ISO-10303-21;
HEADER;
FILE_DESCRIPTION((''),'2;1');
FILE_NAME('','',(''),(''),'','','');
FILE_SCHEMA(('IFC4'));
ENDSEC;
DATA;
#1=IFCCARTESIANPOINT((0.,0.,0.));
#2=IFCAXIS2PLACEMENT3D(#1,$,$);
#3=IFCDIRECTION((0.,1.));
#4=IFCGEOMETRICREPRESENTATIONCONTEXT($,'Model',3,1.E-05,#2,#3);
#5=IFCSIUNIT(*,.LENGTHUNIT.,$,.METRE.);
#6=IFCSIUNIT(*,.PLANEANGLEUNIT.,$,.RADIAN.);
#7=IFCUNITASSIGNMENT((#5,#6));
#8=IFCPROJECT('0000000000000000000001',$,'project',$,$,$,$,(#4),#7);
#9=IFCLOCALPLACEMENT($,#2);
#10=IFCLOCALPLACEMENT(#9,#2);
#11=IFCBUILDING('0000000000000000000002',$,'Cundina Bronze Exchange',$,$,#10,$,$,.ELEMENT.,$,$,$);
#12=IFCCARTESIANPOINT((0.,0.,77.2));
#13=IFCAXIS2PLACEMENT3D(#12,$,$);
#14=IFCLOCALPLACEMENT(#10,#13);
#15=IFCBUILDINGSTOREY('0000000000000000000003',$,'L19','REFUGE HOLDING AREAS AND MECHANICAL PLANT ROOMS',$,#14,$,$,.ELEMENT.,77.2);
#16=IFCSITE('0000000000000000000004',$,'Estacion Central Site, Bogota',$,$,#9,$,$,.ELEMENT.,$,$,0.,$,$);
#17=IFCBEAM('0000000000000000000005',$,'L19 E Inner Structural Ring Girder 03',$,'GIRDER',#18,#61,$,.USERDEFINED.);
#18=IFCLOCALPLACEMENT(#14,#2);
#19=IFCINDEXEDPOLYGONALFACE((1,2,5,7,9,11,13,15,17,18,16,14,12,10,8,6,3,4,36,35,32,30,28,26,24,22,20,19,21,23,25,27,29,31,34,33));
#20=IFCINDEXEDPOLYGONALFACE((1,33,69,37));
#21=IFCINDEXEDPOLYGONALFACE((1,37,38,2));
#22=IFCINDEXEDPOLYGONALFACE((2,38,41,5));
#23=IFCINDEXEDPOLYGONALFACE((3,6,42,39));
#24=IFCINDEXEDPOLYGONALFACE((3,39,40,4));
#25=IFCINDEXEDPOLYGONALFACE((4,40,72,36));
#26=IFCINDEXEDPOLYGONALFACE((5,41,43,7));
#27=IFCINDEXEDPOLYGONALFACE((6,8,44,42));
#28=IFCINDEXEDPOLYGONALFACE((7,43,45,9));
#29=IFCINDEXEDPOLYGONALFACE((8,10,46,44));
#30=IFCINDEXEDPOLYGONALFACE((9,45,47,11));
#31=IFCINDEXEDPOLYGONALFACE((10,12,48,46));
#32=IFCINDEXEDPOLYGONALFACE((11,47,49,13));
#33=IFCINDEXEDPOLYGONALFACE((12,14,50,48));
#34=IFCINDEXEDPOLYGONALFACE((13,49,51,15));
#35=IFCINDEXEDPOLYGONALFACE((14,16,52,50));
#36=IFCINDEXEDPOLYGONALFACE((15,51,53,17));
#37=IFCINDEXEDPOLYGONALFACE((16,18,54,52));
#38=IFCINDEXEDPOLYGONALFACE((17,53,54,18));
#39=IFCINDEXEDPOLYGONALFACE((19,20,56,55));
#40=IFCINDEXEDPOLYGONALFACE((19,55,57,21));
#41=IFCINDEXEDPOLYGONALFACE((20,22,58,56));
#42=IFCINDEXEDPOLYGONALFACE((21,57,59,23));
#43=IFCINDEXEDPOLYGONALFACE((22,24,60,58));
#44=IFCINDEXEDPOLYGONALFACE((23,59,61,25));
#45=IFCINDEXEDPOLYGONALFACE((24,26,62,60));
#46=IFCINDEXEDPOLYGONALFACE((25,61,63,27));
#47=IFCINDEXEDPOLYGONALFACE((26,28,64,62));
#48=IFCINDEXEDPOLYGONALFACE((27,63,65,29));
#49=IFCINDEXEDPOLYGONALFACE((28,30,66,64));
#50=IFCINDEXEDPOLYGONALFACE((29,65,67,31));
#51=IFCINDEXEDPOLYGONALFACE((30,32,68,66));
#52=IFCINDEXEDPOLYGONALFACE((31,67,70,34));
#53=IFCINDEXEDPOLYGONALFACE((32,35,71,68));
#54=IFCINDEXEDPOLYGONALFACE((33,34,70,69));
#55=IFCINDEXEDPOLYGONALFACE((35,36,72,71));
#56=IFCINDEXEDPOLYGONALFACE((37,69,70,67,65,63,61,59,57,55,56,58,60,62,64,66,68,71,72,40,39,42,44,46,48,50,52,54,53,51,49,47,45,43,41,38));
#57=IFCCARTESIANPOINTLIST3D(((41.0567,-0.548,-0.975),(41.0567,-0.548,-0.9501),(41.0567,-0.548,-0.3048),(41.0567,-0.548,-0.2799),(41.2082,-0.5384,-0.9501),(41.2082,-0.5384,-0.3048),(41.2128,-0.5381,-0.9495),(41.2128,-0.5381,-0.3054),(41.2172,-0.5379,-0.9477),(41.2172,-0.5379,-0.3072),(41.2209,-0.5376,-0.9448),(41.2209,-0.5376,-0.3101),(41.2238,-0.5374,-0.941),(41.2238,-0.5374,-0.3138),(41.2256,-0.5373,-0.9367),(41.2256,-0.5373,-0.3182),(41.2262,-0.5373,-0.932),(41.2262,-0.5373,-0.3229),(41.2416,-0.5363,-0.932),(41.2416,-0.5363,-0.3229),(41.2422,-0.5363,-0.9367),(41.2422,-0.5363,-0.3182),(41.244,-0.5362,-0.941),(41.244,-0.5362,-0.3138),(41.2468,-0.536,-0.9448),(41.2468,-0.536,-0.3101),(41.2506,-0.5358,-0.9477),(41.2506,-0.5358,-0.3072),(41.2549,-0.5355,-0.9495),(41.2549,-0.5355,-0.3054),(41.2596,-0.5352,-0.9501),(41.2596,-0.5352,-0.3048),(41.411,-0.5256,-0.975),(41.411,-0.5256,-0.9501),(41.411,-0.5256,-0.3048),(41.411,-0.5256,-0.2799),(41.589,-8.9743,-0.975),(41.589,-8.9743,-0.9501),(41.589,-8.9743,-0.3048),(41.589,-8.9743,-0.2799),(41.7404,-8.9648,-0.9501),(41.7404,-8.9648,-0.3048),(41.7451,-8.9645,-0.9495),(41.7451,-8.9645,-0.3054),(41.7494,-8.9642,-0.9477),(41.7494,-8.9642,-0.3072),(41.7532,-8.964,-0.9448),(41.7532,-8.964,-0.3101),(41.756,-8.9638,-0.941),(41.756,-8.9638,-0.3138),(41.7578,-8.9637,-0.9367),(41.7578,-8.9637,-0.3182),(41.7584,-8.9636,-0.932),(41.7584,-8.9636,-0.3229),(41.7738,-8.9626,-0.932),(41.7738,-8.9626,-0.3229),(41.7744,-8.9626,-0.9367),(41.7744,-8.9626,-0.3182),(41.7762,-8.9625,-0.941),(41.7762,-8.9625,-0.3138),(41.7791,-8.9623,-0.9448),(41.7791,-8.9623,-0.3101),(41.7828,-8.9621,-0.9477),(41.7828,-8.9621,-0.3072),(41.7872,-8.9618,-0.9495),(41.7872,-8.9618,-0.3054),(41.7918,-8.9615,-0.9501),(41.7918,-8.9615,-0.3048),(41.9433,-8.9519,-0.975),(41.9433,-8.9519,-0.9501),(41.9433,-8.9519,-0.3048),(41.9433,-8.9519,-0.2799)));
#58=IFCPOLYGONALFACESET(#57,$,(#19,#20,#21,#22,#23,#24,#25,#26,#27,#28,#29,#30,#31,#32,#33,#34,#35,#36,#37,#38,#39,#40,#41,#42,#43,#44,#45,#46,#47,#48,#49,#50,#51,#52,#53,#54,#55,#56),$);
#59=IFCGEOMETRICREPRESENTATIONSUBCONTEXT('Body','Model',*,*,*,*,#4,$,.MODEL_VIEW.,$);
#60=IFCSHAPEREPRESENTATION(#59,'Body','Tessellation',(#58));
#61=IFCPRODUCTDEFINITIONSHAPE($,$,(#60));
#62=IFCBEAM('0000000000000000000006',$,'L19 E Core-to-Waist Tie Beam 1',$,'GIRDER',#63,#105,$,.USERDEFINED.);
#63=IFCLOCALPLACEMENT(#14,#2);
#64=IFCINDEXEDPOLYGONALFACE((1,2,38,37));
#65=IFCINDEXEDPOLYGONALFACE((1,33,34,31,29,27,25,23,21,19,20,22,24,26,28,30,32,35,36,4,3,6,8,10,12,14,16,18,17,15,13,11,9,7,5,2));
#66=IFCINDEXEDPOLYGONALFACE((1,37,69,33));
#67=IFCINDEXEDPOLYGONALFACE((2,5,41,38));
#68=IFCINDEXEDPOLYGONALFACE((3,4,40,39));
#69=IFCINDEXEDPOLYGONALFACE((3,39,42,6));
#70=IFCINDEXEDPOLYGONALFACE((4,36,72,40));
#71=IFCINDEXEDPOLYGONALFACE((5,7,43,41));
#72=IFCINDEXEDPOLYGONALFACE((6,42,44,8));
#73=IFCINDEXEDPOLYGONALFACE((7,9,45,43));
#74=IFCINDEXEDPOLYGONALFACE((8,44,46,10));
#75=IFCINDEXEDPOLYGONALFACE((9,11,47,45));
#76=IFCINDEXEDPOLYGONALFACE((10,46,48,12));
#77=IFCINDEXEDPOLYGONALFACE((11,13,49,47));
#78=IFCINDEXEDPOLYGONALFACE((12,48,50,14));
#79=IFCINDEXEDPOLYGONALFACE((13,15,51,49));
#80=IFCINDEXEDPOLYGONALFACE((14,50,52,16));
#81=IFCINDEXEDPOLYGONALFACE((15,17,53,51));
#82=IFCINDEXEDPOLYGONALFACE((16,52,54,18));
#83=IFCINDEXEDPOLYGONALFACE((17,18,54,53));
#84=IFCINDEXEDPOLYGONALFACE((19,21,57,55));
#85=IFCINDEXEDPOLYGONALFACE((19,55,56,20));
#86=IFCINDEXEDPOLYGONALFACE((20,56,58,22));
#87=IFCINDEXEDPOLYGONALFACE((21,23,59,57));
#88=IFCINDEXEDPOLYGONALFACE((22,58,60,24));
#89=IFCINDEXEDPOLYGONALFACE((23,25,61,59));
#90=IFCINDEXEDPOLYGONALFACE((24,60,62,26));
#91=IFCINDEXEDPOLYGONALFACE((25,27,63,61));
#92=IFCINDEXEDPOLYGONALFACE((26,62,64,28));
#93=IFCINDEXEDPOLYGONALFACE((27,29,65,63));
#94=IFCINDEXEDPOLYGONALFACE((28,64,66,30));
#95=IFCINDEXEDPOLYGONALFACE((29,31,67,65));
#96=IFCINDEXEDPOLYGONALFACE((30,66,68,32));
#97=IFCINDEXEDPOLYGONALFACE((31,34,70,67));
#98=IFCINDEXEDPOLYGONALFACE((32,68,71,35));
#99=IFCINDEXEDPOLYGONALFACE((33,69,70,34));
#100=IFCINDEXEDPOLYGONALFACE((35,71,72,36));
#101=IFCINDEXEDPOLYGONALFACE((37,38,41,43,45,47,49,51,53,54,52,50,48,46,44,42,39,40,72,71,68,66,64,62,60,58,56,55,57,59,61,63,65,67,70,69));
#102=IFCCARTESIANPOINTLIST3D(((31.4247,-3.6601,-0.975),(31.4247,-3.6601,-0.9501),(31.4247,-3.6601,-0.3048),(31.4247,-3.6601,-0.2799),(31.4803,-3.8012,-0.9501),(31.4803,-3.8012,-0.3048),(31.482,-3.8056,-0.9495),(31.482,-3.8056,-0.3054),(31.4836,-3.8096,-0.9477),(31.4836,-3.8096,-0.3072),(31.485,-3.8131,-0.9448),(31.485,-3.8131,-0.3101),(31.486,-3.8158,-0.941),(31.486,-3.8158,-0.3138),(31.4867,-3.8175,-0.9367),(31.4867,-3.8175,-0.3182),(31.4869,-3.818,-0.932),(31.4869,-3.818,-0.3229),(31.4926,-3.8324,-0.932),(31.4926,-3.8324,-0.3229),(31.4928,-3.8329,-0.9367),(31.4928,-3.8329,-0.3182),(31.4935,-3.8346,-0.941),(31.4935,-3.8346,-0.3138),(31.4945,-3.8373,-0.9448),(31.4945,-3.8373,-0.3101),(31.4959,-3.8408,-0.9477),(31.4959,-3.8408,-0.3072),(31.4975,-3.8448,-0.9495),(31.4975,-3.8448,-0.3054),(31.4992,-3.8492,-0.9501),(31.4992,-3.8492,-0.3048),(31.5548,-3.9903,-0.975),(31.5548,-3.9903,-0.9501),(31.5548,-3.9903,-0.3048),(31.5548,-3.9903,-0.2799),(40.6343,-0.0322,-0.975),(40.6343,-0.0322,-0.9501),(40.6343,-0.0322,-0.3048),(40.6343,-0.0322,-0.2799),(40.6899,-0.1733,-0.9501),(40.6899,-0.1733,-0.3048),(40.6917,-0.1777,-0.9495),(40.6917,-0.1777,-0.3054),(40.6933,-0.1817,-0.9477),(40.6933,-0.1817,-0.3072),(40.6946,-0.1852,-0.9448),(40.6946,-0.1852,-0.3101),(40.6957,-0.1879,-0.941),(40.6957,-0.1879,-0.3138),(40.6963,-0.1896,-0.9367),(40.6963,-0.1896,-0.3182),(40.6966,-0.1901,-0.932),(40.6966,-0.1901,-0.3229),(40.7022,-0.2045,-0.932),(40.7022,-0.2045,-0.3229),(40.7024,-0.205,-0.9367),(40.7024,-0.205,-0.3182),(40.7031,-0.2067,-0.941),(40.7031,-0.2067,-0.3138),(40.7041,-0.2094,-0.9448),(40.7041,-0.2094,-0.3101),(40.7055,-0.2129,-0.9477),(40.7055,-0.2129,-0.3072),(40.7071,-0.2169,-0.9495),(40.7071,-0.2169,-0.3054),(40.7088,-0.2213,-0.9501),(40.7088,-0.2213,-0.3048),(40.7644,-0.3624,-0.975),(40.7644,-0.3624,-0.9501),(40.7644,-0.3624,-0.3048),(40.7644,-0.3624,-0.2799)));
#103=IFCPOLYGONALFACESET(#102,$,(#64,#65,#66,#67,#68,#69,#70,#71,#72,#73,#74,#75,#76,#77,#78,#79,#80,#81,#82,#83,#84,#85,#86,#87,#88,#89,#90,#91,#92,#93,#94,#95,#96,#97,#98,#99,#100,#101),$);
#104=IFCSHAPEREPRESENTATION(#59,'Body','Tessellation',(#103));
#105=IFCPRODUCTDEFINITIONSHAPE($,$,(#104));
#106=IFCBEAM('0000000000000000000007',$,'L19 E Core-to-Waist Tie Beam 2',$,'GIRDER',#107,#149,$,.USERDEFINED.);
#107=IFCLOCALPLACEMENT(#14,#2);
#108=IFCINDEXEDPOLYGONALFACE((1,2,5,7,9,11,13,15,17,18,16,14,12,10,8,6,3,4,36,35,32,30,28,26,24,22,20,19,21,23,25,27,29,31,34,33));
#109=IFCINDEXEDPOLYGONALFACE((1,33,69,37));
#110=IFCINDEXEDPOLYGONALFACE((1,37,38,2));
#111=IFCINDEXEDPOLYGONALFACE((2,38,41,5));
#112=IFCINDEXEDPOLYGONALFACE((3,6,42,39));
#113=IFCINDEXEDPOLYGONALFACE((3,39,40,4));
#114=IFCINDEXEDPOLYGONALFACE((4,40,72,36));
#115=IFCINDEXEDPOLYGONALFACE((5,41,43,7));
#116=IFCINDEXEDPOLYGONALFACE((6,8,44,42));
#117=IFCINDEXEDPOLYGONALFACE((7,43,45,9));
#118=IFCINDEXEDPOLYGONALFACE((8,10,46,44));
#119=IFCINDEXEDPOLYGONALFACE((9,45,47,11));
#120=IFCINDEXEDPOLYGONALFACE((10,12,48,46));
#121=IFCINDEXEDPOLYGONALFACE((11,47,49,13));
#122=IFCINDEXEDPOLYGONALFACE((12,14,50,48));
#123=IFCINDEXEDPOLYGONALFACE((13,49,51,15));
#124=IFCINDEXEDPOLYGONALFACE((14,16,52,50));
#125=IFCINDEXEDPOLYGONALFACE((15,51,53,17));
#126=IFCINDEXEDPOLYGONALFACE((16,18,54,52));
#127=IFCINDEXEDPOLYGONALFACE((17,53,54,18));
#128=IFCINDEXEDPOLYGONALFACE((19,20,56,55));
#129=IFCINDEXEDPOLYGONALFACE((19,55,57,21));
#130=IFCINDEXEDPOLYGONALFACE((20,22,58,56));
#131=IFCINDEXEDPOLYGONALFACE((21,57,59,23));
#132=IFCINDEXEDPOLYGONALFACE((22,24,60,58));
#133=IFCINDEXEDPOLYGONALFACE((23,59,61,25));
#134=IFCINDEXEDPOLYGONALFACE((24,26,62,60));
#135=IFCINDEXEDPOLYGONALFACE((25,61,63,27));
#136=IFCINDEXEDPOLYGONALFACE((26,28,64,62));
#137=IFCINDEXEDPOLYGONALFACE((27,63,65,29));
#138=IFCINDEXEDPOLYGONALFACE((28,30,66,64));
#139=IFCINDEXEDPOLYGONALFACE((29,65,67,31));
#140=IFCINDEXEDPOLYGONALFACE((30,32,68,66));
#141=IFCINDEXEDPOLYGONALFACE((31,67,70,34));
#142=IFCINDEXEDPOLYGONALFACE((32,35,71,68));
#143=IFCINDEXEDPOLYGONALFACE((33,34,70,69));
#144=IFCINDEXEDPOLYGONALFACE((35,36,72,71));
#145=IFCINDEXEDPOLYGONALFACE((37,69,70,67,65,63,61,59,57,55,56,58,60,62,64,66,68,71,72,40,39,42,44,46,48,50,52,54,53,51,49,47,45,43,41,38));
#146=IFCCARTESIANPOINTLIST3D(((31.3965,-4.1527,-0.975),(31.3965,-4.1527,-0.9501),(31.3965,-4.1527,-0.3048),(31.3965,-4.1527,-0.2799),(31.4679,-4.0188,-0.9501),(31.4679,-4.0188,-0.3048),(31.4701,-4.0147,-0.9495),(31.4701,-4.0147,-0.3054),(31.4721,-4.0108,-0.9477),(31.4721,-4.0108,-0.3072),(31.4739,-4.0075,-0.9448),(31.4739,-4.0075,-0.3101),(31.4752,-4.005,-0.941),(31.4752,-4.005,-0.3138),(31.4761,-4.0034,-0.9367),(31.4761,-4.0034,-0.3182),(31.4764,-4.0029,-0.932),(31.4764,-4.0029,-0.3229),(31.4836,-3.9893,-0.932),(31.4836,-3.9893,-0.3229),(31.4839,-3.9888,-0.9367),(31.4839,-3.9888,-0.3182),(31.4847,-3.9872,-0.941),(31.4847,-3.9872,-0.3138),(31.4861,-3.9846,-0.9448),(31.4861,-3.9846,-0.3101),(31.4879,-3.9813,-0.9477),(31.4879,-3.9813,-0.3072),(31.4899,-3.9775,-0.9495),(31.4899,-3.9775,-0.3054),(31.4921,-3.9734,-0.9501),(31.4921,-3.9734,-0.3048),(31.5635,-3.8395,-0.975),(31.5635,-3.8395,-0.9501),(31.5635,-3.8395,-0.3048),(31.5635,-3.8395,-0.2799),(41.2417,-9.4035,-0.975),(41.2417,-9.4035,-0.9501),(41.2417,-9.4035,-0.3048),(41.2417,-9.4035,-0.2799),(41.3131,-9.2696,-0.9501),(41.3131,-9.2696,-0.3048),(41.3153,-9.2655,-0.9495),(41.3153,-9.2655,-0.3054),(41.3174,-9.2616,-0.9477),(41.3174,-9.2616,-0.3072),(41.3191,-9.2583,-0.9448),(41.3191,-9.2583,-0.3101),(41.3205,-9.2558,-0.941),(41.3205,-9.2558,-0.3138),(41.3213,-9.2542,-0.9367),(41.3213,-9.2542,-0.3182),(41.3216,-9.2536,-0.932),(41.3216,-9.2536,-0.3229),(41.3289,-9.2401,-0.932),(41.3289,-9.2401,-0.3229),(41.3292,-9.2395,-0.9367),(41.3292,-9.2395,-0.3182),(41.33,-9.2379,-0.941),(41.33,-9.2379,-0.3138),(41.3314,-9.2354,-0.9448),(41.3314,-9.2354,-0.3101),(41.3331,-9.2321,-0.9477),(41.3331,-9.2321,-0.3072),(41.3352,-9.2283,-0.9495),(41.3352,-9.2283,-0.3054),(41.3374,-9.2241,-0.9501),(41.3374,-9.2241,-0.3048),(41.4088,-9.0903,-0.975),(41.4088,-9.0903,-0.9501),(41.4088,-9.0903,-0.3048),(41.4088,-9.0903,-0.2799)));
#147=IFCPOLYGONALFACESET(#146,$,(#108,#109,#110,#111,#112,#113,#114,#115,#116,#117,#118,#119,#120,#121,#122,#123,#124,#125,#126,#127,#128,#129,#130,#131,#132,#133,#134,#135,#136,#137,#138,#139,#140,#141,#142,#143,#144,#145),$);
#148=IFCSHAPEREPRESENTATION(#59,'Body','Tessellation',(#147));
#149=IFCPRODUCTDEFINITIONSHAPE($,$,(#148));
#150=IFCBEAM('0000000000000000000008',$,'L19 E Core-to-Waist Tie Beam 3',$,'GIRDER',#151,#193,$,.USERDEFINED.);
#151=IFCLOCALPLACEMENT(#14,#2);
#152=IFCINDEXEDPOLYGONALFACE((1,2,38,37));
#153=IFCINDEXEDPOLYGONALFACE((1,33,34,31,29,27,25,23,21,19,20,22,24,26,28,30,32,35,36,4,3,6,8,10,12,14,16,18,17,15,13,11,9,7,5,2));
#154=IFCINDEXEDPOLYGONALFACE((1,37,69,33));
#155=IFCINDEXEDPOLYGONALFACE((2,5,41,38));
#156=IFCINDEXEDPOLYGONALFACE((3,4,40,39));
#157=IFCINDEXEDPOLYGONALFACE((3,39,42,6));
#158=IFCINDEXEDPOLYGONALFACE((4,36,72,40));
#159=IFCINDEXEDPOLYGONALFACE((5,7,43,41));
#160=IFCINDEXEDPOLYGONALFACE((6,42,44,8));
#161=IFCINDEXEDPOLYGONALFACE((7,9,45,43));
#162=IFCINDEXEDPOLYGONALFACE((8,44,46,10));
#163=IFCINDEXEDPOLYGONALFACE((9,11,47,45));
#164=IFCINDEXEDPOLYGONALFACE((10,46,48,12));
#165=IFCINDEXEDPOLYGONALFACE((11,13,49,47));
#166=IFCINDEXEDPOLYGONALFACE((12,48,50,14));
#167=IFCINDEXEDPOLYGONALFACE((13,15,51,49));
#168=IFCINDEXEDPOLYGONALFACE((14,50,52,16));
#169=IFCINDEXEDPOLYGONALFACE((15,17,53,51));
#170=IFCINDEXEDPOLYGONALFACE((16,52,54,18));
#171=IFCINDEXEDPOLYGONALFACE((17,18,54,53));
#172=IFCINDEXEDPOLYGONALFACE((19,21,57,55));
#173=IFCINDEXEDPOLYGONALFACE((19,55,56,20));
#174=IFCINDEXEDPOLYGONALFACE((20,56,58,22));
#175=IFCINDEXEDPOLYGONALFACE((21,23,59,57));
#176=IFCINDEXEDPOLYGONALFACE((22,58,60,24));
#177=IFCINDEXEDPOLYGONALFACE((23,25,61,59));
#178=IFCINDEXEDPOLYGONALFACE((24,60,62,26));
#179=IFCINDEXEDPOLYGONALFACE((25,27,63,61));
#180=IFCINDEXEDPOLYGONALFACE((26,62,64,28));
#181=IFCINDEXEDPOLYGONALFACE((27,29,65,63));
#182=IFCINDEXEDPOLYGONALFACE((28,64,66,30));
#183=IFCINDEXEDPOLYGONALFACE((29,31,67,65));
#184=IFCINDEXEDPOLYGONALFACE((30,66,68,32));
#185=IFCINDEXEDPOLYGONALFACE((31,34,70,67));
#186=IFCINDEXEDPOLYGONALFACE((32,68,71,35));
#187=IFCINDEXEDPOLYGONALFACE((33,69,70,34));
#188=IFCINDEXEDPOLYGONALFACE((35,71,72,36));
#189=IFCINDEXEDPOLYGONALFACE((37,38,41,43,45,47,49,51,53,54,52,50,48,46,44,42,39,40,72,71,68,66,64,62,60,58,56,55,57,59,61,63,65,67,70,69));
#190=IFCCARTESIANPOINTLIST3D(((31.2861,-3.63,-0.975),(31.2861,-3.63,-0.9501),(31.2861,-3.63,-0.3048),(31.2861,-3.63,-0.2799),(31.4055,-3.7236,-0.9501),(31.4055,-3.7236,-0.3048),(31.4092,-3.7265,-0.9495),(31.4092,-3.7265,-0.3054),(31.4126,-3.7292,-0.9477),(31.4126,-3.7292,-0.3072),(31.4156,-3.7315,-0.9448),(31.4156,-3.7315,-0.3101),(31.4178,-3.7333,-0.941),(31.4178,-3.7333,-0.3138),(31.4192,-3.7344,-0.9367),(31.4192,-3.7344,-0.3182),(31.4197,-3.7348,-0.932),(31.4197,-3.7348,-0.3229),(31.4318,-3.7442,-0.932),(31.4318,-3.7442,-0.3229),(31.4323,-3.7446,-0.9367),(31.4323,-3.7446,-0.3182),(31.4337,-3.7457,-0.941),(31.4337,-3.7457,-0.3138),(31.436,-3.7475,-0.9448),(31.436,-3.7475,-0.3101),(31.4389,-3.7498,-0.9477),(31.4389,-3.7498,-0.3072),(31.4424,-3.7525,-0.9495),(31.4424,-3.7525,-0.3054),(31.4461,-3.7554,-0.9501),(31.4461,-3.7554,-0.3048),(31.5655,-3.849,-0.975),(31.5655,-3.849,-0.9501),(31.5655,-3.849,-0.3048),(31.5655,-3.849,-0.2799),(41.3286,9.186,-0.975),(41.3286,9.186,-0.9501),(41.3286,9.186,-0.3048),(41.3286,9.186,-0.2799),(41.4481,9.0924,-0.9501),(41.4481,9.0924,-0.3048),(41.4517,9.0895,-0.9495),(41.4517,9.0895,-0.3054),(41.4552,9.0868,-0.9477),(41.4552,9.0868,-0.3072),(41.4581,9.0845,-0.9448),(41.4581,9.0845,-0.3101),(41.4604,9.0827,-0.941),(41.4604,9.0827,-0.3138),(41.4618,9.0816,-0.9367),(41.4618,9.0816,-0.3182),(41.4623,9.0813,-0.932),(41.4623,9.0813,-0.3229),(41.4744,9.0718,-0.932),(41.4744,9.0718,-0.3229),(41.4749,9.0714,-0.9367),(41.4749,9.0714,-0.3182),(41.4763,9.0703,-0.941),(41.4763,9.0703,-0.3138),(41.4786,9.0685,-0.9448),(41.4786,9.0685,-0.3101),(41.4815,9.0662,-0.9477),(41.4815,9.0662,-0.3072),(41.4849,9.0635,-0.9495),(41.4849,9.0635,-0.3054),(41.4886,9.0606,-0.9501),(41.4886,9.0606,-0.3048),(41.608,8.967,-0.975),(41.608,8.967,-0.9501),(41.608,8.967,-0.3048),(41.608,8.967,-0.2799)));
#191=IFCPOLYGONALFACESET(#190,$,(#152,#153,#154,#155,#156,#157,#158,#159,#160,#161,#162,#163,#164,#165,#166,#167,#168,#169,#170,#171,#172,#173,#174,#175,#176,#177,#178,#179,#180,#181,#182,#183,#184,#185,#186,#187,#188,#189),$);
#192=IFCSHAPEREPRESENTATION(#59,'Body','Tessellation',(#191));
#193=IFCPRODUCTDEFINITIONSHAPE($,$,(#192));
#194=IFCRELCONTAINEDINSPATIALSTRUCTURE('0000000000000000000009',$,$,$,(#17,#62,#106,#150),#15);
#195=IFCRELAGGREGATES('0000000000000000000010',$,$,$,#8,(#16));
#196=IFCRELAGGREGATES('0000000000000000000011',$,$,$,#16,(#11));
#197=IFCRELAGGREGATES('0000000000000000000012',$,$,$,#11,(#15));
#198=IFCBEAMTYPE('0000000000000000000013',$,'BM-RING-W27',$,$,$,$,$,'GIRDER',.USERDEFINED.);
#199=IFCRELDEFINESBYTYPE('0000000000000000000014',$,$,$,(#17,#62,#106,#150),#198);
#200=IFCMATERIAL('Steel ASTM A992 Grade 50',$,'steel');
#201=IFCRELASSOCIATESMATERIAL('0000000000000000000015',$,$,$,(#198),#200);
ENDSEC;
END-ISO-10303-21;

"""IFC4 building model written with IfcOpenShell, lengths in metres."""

from ifc_helpers import new_model, si_unit, direction, frame, origin, origin_2d, place, context, subcontext, project, spatial, i_section, extrude, material, material_profile, profile_set, type_object, element, save


model = new_model("IFC4")

# Units and contexts
model_context = context("Model", 3, precision=1e-05, world=origin(), true_north=direction((0.0, 1.0)))
body_context = subcontext(model_context, "Body", "Model", "MODEL_VIEW")
ifc_project = project(units=[si_unit("LENGTHUNIT", "METRE"), si_unit("PLANEANGLEUNIT", "RADIAN")], contexts=[model_context])

# Site, building, storey
site_placement = place(None, origin())
site = spatial("IfcSite", under=ifc_project, at=site_placement, Name="Estacion Central Site, Bogota", CompositionType="ELEMENT", RefElevation=0.0)
building_placement = place(site_placement, origin())
building = spatial("IfcBuilding", under=site, at=building_placement, Name="Cundina Bronze Exchange", CompositionType="ELEMENT")
storey_placement = place(building_placement, frame((0.0, 0.0, 77.2)))
storey = spatial("IfcBuildingStorey", under=building, at=storey_placement, Name="L19", Description="REFUGE HOLDING AREAS AND MECHANICAL PLANT ROOMS", CompositionType="ELEMENT", Elevation=77.2)

# Beams
ifc_material_1 = material(Name="Steel ASTM A992 Grade 50", Category="steel")
ifc_material_profile_1 = material_profile(ifc_material_1, i_section(OverallWidth=0.355, OverallDepth=0.6951, WebThickness=0.0154, FlangeThickness=0.0249, FilletRadius=0.0181, at=origin_2d()), Name="W27X146", Category="steel")
ifc_profile_set_1 = profile_set([ifc_material_profile_1], Name="Steel ASTM A992 Grade 50")
beam_type_1 = type_object("IfcBeamType", Name="BM-RING-W27", ElementType="GIRDER", PredefinedType="USERDEFINED", material=ifc_profile_set_1)
beam_1_placement = place(storey_placement, frame((41.7661, -8.9631, -0.6274), z_axis=(-0.063037, 0.998011, 0.0), x_axis=(-0.998011, -0.063037, 0.0)))
element("IfcBeam", 1, at=beam_1_placement, inside=storey, type_object=beam_type_1, Name="L19 E Inner Structural Ring Girder 03", ObjectType="GIRDER", PredefinedType="USERDEFINED", context=body_context, shape_type="SweptSolid", body=[
    extrude(i_section(OverallWidth=0.355, OverallDepth=0.6951, WebThickness=0.0154, FlangeThickness=0.0249, FilletRadius=0.0181, at=origin_2d()), origin(), (0.0, 0.0, 1.0), 8.4431),
])
beam_2_placement = place(storey_placement, frame((31.4897, -3.8252, -0.6274), z_axis=(0.930413, 0.366512, 0.0), x_axis=(-0.366512, 0.930413, 0.0)))
element("IfcBeam", 2, at=beam_2_placement, inside=storey, type_object=beam_type_1, Name="L19 E Core-to-Waist Tie Beam 1", ObjectType="GIRDER", PredefinedType="USERDEFINED", context=body_context, shape_type="SweptSolid", body=[
    extrude(i_section(OverallWidth=0.355, OverallDepth=0.6951, WebThickness=0.0154, FlangeThickness=0.0249, FilletRadius=0.0181, at=origin_2d()), origin(), (0.0, 0.0, 1.0), 9.8984),
])
beam_3_placement = place(storey_placement, frame((31.48, -3.9961, -0.6274), z_axis=(0.882355, -0.470585, 0.0), x_axis=(0.470585, 0.882355, 0.0)))
element("IfcBeam", 3, at=beam_3_placement, inside=storey, type_object=beam_type_1, Name="L19 E Core-to-Waist Tie Beam 2", ObjectType="GIRDER", PredefinedType="USERDEFINED", context=body_context, shape_type="SweptSolid", body=[
    extrude(i_section(OverallWidth=0.355, OverallDepth=0.6951, WebThickness=0.0154, FlangeThickness=0.0249, FilletRadius=0.0181, at=origin_2d()), origin(), (0.0, 0.0, 1.0), 11.158),
])
beam_4_placement = place(storey_placement, frame((31.4258, -3.7395, -0.6274), z_axis=(0.616789, 0.787128, 0.0), x_axis=(-0.787128, 0.616789, 0.0)))
element("IfcBeam", 4, at=beam_4_placement, inside=storey, type_object=beam_type_1, Name="L19 E Core-to-Waist Tie Beam 3", ObjectType="GIRDER", PredefinedType="USERDEFINED", context=body_context, shape_type="SweptSolid", body=[
    extrude(i_section(OverallWidth=0.355, OverallDepth=0.6951, WebThickness=0.0154, FlangeThickness=0.0249, FilletRadius=0.0181, at=origin_2d()), origin(), (0.0, 0.0, 1.0), 16.282),
])

save(model, "model.ifc")
